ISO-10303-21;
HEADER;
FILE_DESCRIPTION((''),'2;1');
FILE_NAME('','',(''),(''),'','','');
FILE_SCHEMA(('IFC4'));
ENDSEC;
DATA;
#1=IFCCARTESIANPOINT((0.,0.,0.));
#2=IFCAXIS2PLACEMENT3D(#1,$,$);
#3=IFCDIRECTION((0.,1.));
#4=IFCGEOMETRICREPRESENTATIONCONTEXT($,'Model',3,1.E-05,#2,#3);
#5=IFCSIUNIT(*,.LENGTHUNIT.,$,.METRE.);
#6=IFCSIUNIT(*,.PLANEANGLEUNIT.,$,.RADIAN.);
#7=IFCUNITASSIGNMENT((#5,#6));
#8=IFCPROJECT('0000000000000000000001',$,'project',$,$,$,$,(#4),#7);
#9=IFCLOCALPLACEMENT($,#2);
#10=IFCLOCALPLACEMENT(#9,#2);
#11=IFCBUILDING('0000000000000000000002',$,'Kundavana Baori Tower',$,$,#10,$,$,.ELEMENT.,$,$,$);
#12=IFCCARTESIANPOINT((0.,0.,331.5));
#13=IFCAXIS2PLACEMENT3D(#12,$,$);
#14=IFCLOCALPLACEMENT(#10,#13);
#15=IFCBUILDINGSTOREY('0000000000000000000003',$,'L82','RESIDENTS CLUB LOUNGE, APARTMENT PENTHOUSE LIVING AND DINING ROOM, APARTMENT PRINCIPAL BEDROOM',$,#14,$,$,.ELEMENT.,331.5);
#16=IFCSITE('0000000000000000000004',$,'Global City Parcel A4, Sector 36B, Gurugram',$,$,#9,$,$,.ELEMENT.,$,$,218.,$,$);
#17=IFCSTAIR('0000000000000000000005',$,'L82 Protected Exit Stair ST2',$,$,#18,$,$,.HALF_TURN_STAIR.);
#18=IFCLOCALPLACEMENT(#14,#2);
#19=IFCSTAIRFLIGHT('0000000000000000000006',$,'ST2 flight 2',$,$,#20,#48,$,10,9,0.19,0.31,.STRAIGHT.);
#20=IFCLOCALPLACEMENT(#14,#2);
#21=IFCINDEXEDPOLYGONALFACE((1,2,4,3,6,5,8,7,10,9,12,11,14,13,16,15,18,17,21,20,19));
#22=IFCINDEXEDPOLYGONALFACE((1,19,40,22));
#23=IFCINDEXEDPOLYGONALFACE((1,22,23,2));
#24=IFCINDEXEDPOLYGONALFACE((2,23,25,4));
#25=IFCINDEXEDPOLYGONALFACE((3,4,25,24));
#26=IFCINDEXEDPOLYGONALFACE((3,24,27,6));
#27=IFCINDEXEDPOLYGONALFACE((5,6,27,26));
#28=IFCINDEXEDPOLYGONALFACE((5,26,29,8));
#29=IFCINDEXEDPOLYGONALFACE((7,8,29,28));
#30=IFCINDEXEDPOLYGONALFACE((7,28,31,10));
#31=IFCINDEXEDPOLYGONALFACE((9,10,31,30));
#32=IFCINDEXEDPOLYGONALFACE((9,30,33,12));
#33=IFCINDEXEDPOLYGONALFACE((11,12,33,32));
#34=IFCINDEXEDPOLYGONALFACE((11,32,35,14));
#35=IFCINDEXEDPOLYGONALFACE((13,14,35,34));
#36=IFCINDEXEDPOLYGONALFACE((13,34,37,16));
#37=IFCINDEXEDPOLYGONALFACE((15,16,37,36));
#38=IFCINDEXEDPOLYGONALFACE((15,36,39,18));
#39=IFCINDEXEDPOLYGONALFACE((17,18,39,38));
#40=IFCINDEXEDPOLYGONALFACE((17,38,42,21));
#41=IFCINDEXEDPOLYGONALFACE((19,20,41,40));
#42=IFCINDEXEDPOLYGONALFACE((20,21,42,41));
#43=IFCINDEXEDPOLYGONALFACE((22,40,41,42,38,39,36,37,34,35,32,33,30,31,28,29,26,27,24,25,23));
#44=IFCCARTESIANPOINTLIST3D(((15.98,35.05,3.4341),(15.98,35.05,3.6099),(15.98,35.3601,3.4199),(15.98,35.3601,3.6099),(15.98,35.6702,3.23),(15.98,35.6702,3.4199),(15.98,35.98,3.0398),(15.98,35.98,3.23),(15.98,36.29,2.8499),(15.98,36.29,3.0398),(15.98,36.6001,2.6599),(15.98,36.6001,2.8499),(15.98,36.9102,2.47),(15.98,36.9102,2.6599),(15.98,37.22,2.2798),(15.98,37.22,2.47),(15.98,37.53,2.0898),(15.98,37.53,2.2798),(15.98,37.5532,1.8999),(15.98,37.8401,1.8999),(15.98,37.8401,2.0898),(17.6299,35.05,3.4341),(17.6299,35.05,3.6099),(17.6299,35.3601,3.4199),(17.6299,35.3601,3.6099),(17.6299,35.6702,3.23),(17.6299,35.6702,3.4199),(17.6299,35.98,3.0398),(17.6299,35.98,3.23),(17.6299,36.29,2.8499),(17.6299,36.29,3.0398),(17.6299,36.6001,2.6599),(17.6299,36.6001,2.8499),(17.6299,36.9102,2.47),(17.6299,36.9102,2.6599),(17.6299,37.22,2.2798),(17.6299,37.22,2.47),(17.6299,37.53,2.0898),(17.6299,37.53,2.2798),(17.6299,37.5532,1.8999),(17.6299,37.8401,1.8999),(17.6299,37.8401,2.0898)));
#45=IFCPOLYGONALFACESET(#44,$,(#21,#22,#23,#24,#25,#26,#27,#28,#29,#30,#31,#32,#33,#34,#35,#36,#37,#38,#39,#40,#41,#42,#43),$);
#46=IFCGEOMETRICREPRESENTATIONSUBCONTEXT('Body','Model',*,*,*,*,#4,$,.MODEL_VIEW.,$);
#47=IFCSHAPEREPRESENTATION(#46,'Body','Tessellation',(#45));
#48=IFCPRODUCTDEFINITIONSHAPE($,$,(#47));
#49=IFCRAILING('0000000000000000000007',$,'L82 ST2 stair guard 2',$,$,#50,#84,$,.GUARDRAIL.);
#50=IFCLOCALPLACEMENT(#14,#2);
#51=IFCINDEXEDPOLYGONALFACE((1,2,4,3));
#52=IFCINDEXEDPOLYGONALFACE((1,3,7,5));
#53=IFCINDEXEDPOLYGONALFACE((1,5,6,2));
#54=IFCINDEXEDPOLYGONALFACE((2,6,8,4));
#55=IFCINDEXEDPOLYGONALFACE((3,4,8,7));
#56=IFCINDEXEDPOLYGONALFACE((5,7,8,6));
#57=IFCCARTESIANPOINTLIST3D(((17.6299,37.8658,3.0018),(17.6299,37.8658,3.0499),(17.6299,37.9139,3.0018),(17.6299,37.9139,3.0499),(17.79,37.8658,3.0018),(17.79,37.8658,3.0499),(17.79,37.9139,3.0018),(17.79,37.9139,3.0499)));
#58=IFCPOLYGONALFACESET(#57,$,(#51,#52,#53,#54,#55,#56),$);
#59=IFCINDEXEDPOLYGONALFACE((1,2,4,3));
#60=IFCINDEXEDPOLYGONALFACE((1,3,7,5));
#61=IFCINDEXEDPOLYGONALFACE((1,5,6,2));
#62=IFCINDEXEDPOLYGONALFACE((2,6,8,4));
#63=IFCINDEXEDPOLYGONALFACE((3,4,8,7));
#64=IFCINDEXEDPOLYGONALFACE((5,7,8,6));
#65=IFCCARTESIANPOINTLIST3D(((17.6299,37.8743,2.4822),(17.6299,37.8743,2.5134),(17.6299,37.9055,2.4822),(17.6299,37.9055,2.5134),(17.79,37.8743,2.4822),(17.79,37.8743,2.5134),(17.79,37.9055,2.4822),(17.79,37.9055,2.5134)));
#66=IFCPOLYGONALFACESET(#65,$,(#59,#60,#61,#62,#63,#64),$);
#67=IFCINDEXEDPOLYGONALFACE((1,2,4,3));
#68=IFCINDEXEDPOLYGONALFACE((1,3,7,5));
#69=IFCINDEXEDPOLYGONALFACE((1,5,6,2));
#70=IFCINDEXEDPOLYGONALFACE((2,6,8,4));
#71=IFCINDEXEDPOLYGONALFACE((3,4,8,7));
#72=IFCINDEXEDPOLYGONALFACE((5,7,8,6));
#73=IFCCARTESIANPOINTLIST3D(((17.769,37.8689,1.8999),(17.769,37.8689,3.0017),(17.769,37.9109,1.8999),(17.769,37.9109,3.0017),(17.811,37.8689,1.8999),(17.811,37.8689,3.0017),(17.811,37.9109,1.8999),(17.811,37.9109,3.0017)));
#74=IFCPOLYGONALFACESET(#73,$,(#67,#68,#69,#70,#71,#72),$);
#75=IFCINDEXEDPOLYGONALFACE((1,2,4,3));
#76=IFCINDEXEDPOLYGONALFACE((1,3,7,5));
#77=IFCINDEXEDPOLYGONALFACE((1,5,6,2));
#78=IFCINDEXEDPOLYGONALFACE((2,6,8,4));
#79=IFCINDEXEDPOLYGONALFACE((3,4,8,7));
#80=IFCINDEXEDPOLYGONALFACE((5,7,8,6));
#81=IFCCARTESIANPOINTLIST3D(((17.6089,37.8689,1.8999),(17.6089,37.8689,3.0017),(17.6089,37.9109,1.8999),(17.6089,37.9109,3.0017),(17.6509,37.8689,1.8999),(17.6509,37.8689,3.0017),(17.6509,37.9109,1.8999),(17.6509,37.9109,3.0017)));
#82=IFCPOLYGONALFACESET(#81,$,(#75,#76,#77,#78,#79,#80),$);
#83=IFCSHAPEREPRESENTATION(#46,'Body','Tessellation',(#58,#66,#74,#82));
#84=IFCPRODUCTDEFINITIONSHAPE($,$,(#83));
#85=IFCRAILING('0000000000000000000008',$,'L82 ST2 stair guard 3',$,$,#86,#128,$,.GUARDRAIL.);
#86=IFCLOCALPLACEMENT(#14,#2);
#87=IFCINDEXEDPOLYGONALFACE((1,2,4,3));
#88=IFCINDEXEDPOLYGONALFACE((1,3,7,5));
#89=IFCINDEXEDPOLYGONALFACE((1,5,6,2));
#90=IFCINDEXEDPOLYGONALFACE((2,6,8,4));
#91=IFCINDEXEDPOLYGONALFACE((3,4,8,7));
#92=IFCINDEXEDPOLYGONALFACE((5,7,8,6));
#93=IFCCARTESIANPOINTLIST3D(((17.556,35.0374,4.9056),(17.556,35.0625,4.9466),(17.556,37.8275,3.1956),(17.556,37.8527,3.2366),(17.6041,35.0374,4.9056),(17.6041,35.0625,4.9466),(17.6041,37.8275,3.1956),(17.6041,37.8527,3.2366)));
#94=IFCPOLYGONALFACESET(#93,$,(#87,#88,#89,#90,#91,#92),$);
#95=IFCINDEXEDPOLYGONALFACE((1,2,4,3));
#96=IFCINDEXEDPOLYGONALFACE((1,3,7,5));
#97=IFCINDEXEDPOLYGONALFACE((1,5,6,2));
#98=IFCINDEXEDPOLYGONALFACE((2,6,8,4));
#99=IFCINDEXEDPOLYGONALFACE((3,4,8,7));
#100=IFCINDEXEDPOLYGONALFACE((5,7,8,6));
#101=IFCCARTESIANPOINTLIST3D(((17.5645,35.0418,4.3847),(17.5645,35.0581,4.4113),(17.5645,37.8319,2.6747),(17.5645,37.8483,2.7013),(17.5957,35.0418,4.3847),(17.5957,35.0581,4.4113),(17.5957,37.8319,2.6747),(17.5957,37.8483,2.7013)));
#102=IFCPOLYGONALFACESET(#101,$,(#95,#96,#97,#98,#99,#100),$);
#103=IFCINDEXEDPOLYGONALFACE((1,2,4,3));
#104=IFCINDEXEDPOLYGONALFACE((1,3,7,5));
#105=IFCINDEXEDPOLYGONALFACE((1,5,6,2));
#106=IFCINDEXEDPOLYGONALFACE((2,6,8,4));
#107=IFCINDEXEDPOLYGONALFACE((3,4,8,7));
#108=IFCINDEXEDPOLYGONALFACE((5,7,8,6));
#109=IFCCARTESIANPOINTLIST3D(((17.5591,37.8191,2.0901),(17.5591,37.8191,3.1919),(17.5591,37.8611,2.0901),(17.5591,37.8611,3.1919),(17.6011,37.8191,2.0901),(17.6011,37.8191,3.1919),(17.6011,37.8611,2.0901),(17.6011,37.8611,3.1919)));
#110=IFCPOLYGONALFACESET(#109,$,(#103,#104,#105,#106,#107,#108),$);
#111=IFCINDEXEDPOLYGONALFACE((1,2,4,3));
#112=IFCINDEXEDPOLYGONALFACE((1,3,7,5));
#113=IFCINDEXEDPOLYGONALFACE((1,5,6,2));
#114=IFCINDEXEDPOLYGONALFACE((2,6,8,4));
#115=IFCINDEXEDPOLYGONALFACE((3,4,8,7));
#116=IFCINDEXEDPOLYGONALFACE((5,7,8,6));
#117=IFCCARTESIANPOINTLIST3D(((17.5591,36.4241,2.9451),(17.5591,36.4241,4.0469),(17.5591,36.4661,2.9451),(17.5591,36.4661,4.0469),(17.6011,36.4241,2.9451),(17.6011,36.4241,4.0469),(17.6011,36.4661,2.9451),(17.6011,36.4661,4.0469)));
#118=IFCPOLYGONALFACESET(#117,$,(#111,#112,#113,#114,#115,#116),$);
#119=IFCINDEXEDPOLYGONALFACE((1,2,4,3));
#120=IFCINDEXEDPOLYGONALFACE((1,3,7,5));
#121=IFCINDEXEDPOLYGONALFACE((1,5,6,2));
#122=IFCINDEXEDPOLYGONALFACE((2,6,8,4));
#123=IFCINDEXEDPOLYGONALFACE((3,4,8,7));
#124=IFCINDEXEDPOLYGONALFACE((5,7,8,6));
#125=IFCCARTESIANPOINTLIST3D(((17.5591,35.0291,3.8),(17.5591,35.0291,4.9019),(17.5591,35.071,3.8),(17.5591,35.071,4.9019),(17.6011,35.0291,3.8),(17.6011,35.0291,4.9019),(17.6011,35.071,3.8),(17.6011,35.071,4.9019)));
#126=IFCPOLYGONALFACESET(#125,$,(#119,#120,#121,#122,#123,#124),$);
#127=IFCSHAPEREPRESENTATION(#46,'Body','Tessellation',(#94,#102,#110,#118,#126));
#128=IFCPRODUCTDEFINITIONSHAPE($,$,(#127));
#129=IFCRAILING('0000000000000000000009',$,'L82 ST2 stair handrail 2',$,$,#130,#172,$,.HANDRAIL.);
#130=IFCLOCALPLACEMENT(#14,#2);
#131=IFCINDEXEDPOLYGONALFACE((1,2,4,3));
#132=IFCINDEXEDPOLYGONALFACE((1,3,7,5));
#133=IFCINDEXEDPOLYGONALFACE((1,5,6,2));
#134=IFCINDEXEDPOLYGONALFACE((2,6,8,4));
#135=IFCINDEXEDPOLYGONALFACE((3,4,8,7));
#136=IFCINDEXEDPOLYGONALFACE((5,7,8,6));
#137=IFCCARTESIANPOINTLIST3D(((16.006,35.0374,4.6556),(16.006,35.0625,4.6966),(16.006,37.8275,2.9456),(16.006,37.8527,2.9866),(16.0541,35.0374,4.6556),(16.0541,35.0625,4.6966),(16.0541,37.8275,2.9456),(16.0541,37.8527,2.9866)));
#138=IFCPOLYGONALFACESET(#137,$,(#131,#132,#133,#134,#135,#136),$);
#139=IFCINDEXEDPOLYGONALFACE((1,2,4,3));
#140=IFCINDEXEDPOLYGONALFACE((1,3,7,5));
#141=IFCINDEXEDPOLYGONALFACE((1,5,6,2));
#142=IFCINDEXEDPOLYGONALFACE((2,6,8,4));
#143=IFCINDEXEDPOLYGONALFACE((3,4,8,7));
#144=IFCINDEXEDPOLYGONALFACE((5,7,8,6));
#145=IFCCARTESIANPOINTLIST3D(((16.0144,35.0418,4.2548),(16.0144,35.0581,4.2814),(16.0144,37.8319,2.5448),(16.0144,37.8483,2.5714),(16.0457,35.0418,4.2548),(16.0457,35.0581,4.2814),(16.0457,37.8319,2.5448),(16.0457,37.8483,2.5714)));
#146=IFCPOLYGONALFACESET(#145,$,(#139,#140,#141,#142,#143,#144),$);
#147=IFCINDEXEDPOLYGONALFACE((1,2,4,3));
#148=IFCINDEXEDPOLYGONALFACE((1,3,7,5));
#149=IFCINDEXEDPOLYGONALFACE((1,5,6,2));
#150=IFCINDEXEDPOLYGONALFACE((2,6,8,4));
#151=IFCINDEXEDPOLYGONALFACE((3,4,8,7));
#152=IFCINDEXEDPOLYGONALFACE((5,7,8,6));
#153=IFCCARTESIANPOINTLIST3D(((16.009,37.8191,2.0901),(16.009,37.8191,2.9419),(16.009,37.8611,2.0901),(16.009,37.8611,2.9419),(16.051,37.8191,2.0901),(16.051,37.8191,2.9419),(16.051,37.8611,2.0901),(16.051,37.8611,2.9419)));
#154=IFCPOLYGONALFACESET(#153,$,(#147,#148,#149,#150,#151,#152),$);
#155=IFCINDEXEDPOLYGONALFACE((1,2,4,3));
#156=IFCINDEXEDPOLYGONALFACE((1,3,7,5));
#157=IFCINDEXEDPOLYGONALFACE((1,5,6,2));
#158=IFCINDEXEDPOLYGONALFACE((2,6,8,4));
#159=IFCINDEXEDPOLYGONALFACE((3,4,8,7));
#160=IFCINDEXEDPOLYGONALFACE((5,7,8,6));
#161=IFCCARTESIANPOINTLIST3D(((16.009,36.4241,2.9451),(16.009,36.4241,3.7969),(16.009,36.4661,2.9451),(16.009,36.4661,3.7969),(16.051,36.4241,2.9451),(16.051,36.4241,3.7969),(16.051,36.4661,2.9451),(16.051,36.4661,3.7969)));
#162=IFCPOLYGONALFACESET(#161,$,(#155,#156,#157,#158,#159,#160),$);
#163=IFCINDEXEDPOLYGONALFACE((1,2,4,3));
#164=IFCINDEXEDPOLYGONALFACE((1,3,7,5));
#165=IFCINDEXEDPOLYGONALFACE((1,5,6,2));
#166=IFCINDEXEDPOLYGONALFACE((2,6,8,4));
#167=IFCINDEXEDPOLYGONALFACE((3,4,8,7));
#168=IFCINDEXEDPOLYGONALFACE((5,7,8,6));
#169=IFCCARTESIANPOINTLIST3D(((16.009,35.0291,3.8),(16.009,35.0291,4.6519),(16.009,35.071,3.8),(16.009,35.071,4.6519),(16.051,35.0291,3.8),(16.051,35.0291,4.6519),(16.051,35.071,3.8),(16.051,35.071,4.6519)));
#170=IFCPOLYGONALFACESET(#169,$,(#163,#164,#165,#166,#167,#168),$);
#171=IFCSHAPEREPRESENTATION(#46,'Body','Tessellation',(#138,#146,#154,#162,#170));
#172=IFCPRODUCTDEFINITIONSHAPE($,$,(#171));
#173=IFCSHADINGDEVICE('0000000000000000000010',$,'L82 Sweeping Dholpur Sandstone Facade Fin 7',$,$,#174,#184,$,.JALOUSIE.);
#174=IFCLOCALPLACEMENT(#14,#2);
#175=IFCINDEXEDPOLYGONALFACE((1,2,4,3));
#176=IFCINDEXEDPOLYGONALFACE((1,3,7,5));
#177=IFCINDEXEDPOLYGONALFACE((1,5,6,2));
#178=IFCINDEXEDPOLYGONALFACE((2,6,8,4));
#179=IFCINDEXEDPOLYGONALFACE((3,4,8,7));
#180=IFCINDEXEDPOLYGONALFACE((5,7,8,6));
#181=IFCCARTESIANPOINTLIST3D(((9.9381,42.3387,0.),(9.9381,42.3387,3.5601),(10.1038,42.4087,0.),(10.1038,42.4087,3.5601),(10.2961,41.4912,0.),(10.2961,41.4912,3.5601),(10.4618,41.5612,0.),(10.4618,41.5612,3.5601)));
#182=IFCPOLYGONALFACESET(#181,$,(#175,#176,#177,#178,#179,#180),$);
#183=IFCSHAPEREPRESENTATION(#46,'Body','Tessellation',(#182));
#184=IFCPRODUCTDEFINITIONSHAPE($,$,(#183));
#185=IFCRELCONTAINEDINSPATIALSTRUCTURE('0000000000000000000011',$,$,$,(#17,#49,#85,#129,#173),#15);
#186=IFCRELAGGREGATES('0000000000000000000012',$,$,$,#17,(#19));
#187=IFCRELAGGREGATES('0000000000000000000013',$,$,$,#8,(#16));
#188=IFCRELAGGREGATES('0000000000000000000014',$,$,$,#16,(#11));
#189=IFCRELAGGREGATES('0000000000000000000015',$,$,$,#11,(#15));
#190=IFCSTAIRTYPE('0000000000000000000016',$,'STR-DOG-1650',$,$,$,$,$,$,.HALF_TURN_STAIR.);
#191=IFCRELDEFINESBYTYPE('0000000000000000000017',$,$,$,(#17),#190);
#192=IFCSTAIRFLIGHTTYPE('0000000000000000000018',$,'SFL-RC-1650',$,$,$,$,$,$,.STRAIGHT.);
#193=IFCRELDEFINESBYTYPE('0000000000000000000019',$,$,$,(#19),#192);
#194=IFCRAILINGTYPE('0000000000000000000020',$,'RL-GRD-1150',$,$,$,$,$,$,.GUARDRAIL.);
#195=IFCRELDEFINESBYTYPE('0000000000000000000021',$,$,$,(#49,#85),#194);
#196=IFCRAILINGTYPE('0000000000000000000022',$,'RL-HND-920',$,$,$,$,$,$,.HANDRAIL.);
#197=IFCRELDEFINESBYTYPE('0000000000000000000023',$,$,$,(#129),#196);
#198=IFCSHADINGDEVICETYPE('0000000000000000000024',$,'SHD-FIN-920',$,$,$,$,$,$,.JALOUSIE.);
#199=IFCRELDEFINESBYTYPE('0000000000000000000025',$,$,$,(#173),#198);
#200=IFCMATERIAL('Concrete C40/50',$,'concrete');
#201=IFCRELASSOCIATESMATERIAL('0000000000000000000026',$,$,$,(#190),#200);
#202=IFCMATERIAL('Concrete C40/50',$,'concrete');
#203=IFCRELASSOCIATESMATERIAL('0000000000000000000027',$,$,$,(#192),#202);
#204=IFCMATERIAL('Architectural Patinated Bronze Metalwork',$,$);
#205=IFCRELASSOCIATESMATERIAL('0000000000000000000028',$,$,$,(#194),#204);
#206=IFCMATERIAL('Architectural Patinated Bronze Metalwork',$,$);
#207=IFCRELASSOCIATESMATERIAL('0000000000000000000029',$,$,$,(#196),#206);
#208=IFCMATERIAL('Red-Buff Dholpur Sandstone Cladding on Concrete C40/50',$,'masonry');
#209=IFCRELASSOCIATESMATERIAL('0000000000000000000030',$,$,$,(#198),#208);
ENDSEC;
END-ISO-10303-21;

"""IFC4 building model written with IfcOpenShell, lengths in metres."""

from ifc_helpers import new_model, si_unit, direction, frame, origin, origin_2d, place, context, subcontext, project, spatial, polyline, rectangle, outline, extrude, material, type_object, element, aggregate, save


model = new_model("IFC4")

# Units and contexts
model_context = context("Model", 3, precision=1e-05, world=origin(), true_north=direction((0.0, 1.0)))
body_context = subcontext(model_context, "Body", "Model", "MODEL_VIEW")
ifc_project = project(units=[si_unit("LENGTHUNIT", "METRE"), si_unit("PLANEANGLEUNIT", "RADIAN")], contexts=[model_context])

# Site, building, storey
site_placement = place(None, origin())
site = spatial("IfcSite", under=ifc_project, at=site_placement, Name="Global City Parcel A4, Sector 36B, Gurugram", CompositionType="ELEMENT", RefElevation=218.0)
building_placement = place(site_placement, origin())
building = spatial("IfcBuilding", under=site, at=building_placement, Name="Kundavana Baori Tower", CompositionType="ELEMENT")
storey_placement = place(building_placement, frame((0.0, 0.0, 331.5)))
storey = spatial("IfcBuildingStorey", under=building, at=storey_placement, Name="L82", Description="RESIDENTS CLUB LOUNGE, APARTMENT PENTHOUSE LIVING AND DINING ROOM, APARTMENT PRINCIPAL BEDROOM", CompositionType="ELEMENT", Elevation=331.5)

# Stair, stair flight
ifc_material_1 = material(Name="Concrete C40/50", Category="concrete")
stair_type = type_object("IfcStairType", Name="STR-DOG-1650", PredefinedType="HALF_TURN_STAIR", material=ifc_material_1)
stair_placement = place(storey_placement, origin())
stair = element("IfcStair", 1, at=stair_placement, inside=storey, type_object=stair_type, Name="L82 Protected Exit Stair ST2", PredefinedType="HALF_TURN_STAIR")
ifc_material_2 = material(Name="Concrete C40/50", Category="concrete")
stair_flight_type = type_object("IfcStairFlightType", Name="SFL-RC-1650", PredefinedType="STRAIGHT", material=ifc_material_2)
stair_flight_placement = place(storey_placement, frame((16.8049, 37.8401, 1.8999), z_axis=(0.0, 0.0, 1.0), x_axis=(0.0, -1.0, 0.0)))
stair_flight = element("IfcStairFlight", 2, at=stair_flight_placement, type_object=stair_flight_type, Name="ST2 flight 2", NumberOfRisers=10, NumberOfTreads=9, PredefinedType="STRAIGHT", RiserHeight=0.19, TreadLength=0.31, context=body_context, shape_type="SweptSolid", body=[
    extrude(outline(polyline([(0.0, 0.0), (0.0, 0.1899), (0.3101, 0.1899), (0.3101, 0.3799), (0.6201, 0.3799), (0.6201, 0.5701), (0.9299, 0.5701), (0.9299, 0.76), (1.24, 0.76), (1.24, 0.95), (1.55, 0.95), (1.55, 1.1399), (1.8601, 1.1399), (1.8601, 1.3301), (2.1699, 1.3301), (2.1699, 1.52), (2.48, 1.52), (2.48, 1.71), (2.79, 1.71), (2.79, 1.8999), (2.79, 1.5342), (0.2869, 0.0), (0.0, 0.0)])), frame((0.0, 0.825, 0.0), z_axis=(0.0, -1.0, 0.0), x_axis=(1.0, 0.0, 0.0)), (0.0, 0.0, 1.0), 1.6499),
])
aggregate(stair, [stair_flight])

# Railings
ifc_material_3 = material(Name="Architectural Patinated Bronze Metalwork")
railing_type_1 = type_object("IfcRailingType", Name="RL-GRD-1150", PredefinedType="GUARDRAIL", material=ifc_material_3)
railing_1_placement = place(storey_placement, frame((17.79, 37.8899, 1.8999)))
element("IfcRailing", 3, at=railing_1_placement, inside=storey, type_object=railing_type_1, Name="L82 ST2 stair guard 2", PredefinedType="GUARDRAIL", context=body_context, shape_type="SweptSolid", body=[
    extrude(rectangle(XDim=0.0481, YDim=0.0481, at=origin_2d()), frame((0.0, 0.0, 1.126), z_axis=(-1.0, 0.0, 0.0), x_axis=(0.0, -1.0, 0.0)), (0.0, 0.0, 1.0), 0.1602),
    extrude(rectangle(XDim=0.0312, YDim=0.0312, at=origin_2d()), frame((0.0, 0.0, 0.5979), z_axis=(-1.0, 0.0, 0.0), x_axis=(0.0, -1.0, 0.0)), (0.0, 0.0, 1.0), 0.1602),
    extrude(rectangle(XDim=0.042, YDim=0.042, at=origin_2d()), origin(), (0.0, 0.0, 1.0), 1.1018),
    extrude(rectangle(XDim=0.042, YDim=0.042, at=origin_2d()), frame((-0.1602, 0.0, 0.0)), (0.0, 0.0, 1.0), 1.1018),
])
railing_2_placement = place(storey_placement, frame((17.5801, 37.8401, 2.0901)))
element("IfcRailing", 4, at=railing_2_placement, inside=storey, type_object=railing_type_1, Name="L82 ST2 stair guard 3", PredefinedType="GUARDRAIL", context=body_context, shape_type="SweptSolid", body=[
    extrude(rectangle(XDim=0.0481, YDim=0.0481, at=origin_2d()), frame((0.0, 0.0, 1.126), z_axis=(0.0, -0.85261, 0.522548), x_axis=(1.0, 0.0, 0.0)), (0.0, 0.0, 1.0), 3.2725),
    extrude(rectangle(XDim=0.0312, YDim=0.0312, at=origin_2d()), frame((0.0, 0.0, 0.5979), z_axis=(0.0, -0.85261, 0.522548), x_axis=(1.0, 0.0, 0.0)), (0.0, 0.0, 1.0), 3.2725),
    extrude(rectangle(XDim=0.042, YDim=0.042, at=origin_2d()), origin(), (0.0, 0.0, 1.0), 1.1018),
    extrude(rectangle(XDim=0.042, YDim=0.042, at=origin_2d()), frame((0.0, -1.395, 0.855)), (0.0, 0.0, 1.0), 1.1018),
    extrude(rectangle(XDim=0.042, YDim=0.042, at=origin_2d()), frame((0.0, -2.79, 1.71)), (0.0, 0.0, 1.0), 1.1018),
])
ifc_material_4 = material(Name="Architectural Patinated Bronze Metalwork")
railing_type_2 = type_object("IfcRailingType", Name="RL-HND-920", PredefinedType="HANDRAIL", material=ifc_material_4)
railing_3_placement = place(storey_placement, frame((16.03, 37.8401, 2.0901)))
element("IfcRailing", 5, at=railing_3_placement, inside=storey, type_object=railing_type_2, Name="L82 ST2 stair handrail 2", PredefinedType="HANDRAIL", context=body_context, shape_type="SweptSolid", body=[
    extrude(rectangle(XDim=0.0481, YDim=0.0481, at=origin_2d()), frame((0.0, 0.0, 0.876), z_axis=(0.0, -0.85261, 0.522548), x_axis=(1.0, 0.0, 0.0)), (0.0, 0.0, 1.0), 3.2725),
    extrude(rectangle(XDim=0.0312, YDim=0.0312, at=origin_2d()), frame((0.0, 0.0, 0.468), z_axis=(0.0, -0.85261, 0.522548), x_axis=(1.0, 0.0, 0.0)), (0.0, 0.0, 1.0), 3.2725),
    extrude(rectangle(XDim=0.042, YDim=0.042, at=origin_2d()), origin(), (0.0, 0.0, 1.0), 0.8518),
    extrude(rectangle(XDim=0.042, YDim=0.042, at=origin_2d()), frame((0.0, -1.395, 0.855)), (0.0, 0.0, 1.0), 0.8518),
    extrude(rectangle(XDim=0.042, YDim=0.042, at=origin_2d()), frame((0.0, -2.79, 1.71)), (0.0, 0.0, 1.0), 0.8518),
])

# Shading device
ifc_material_5 = material(Name="Red-Buff Dholpur Sandstone Cladding on Concrete C40/50", Category="masonry")
shading_device_type = type_object("IfcShadingDeviceType", Name="SHD-FIN-920", PredefinedType="JALOUSIE", material=ifc_material_5)
shading_device_placement = place(storey_placement, frame((10.2, 41.95, 0.0), z_axis=(0.0, 0.0, 1.0), x_axis=(0.921185, 0.389124, 0.0)))
element("IfcShadingDevice", 6, at=shading_device_placement, inside=storey, type_object=shading_device_type, Name="L82 Sweeping Dholpur Sandstone Facade Fin 7", PredefinedType="JALOUSIE", context=body_context, shape_type="SweptSolid", body=[
    extrude(rectangle(XDim=0.1799, YDim=0.9199, at=origin_2d()), origin(), (0.0, 0.0, 1.0), 3.5601),
])

save(model, "model.ifc")
